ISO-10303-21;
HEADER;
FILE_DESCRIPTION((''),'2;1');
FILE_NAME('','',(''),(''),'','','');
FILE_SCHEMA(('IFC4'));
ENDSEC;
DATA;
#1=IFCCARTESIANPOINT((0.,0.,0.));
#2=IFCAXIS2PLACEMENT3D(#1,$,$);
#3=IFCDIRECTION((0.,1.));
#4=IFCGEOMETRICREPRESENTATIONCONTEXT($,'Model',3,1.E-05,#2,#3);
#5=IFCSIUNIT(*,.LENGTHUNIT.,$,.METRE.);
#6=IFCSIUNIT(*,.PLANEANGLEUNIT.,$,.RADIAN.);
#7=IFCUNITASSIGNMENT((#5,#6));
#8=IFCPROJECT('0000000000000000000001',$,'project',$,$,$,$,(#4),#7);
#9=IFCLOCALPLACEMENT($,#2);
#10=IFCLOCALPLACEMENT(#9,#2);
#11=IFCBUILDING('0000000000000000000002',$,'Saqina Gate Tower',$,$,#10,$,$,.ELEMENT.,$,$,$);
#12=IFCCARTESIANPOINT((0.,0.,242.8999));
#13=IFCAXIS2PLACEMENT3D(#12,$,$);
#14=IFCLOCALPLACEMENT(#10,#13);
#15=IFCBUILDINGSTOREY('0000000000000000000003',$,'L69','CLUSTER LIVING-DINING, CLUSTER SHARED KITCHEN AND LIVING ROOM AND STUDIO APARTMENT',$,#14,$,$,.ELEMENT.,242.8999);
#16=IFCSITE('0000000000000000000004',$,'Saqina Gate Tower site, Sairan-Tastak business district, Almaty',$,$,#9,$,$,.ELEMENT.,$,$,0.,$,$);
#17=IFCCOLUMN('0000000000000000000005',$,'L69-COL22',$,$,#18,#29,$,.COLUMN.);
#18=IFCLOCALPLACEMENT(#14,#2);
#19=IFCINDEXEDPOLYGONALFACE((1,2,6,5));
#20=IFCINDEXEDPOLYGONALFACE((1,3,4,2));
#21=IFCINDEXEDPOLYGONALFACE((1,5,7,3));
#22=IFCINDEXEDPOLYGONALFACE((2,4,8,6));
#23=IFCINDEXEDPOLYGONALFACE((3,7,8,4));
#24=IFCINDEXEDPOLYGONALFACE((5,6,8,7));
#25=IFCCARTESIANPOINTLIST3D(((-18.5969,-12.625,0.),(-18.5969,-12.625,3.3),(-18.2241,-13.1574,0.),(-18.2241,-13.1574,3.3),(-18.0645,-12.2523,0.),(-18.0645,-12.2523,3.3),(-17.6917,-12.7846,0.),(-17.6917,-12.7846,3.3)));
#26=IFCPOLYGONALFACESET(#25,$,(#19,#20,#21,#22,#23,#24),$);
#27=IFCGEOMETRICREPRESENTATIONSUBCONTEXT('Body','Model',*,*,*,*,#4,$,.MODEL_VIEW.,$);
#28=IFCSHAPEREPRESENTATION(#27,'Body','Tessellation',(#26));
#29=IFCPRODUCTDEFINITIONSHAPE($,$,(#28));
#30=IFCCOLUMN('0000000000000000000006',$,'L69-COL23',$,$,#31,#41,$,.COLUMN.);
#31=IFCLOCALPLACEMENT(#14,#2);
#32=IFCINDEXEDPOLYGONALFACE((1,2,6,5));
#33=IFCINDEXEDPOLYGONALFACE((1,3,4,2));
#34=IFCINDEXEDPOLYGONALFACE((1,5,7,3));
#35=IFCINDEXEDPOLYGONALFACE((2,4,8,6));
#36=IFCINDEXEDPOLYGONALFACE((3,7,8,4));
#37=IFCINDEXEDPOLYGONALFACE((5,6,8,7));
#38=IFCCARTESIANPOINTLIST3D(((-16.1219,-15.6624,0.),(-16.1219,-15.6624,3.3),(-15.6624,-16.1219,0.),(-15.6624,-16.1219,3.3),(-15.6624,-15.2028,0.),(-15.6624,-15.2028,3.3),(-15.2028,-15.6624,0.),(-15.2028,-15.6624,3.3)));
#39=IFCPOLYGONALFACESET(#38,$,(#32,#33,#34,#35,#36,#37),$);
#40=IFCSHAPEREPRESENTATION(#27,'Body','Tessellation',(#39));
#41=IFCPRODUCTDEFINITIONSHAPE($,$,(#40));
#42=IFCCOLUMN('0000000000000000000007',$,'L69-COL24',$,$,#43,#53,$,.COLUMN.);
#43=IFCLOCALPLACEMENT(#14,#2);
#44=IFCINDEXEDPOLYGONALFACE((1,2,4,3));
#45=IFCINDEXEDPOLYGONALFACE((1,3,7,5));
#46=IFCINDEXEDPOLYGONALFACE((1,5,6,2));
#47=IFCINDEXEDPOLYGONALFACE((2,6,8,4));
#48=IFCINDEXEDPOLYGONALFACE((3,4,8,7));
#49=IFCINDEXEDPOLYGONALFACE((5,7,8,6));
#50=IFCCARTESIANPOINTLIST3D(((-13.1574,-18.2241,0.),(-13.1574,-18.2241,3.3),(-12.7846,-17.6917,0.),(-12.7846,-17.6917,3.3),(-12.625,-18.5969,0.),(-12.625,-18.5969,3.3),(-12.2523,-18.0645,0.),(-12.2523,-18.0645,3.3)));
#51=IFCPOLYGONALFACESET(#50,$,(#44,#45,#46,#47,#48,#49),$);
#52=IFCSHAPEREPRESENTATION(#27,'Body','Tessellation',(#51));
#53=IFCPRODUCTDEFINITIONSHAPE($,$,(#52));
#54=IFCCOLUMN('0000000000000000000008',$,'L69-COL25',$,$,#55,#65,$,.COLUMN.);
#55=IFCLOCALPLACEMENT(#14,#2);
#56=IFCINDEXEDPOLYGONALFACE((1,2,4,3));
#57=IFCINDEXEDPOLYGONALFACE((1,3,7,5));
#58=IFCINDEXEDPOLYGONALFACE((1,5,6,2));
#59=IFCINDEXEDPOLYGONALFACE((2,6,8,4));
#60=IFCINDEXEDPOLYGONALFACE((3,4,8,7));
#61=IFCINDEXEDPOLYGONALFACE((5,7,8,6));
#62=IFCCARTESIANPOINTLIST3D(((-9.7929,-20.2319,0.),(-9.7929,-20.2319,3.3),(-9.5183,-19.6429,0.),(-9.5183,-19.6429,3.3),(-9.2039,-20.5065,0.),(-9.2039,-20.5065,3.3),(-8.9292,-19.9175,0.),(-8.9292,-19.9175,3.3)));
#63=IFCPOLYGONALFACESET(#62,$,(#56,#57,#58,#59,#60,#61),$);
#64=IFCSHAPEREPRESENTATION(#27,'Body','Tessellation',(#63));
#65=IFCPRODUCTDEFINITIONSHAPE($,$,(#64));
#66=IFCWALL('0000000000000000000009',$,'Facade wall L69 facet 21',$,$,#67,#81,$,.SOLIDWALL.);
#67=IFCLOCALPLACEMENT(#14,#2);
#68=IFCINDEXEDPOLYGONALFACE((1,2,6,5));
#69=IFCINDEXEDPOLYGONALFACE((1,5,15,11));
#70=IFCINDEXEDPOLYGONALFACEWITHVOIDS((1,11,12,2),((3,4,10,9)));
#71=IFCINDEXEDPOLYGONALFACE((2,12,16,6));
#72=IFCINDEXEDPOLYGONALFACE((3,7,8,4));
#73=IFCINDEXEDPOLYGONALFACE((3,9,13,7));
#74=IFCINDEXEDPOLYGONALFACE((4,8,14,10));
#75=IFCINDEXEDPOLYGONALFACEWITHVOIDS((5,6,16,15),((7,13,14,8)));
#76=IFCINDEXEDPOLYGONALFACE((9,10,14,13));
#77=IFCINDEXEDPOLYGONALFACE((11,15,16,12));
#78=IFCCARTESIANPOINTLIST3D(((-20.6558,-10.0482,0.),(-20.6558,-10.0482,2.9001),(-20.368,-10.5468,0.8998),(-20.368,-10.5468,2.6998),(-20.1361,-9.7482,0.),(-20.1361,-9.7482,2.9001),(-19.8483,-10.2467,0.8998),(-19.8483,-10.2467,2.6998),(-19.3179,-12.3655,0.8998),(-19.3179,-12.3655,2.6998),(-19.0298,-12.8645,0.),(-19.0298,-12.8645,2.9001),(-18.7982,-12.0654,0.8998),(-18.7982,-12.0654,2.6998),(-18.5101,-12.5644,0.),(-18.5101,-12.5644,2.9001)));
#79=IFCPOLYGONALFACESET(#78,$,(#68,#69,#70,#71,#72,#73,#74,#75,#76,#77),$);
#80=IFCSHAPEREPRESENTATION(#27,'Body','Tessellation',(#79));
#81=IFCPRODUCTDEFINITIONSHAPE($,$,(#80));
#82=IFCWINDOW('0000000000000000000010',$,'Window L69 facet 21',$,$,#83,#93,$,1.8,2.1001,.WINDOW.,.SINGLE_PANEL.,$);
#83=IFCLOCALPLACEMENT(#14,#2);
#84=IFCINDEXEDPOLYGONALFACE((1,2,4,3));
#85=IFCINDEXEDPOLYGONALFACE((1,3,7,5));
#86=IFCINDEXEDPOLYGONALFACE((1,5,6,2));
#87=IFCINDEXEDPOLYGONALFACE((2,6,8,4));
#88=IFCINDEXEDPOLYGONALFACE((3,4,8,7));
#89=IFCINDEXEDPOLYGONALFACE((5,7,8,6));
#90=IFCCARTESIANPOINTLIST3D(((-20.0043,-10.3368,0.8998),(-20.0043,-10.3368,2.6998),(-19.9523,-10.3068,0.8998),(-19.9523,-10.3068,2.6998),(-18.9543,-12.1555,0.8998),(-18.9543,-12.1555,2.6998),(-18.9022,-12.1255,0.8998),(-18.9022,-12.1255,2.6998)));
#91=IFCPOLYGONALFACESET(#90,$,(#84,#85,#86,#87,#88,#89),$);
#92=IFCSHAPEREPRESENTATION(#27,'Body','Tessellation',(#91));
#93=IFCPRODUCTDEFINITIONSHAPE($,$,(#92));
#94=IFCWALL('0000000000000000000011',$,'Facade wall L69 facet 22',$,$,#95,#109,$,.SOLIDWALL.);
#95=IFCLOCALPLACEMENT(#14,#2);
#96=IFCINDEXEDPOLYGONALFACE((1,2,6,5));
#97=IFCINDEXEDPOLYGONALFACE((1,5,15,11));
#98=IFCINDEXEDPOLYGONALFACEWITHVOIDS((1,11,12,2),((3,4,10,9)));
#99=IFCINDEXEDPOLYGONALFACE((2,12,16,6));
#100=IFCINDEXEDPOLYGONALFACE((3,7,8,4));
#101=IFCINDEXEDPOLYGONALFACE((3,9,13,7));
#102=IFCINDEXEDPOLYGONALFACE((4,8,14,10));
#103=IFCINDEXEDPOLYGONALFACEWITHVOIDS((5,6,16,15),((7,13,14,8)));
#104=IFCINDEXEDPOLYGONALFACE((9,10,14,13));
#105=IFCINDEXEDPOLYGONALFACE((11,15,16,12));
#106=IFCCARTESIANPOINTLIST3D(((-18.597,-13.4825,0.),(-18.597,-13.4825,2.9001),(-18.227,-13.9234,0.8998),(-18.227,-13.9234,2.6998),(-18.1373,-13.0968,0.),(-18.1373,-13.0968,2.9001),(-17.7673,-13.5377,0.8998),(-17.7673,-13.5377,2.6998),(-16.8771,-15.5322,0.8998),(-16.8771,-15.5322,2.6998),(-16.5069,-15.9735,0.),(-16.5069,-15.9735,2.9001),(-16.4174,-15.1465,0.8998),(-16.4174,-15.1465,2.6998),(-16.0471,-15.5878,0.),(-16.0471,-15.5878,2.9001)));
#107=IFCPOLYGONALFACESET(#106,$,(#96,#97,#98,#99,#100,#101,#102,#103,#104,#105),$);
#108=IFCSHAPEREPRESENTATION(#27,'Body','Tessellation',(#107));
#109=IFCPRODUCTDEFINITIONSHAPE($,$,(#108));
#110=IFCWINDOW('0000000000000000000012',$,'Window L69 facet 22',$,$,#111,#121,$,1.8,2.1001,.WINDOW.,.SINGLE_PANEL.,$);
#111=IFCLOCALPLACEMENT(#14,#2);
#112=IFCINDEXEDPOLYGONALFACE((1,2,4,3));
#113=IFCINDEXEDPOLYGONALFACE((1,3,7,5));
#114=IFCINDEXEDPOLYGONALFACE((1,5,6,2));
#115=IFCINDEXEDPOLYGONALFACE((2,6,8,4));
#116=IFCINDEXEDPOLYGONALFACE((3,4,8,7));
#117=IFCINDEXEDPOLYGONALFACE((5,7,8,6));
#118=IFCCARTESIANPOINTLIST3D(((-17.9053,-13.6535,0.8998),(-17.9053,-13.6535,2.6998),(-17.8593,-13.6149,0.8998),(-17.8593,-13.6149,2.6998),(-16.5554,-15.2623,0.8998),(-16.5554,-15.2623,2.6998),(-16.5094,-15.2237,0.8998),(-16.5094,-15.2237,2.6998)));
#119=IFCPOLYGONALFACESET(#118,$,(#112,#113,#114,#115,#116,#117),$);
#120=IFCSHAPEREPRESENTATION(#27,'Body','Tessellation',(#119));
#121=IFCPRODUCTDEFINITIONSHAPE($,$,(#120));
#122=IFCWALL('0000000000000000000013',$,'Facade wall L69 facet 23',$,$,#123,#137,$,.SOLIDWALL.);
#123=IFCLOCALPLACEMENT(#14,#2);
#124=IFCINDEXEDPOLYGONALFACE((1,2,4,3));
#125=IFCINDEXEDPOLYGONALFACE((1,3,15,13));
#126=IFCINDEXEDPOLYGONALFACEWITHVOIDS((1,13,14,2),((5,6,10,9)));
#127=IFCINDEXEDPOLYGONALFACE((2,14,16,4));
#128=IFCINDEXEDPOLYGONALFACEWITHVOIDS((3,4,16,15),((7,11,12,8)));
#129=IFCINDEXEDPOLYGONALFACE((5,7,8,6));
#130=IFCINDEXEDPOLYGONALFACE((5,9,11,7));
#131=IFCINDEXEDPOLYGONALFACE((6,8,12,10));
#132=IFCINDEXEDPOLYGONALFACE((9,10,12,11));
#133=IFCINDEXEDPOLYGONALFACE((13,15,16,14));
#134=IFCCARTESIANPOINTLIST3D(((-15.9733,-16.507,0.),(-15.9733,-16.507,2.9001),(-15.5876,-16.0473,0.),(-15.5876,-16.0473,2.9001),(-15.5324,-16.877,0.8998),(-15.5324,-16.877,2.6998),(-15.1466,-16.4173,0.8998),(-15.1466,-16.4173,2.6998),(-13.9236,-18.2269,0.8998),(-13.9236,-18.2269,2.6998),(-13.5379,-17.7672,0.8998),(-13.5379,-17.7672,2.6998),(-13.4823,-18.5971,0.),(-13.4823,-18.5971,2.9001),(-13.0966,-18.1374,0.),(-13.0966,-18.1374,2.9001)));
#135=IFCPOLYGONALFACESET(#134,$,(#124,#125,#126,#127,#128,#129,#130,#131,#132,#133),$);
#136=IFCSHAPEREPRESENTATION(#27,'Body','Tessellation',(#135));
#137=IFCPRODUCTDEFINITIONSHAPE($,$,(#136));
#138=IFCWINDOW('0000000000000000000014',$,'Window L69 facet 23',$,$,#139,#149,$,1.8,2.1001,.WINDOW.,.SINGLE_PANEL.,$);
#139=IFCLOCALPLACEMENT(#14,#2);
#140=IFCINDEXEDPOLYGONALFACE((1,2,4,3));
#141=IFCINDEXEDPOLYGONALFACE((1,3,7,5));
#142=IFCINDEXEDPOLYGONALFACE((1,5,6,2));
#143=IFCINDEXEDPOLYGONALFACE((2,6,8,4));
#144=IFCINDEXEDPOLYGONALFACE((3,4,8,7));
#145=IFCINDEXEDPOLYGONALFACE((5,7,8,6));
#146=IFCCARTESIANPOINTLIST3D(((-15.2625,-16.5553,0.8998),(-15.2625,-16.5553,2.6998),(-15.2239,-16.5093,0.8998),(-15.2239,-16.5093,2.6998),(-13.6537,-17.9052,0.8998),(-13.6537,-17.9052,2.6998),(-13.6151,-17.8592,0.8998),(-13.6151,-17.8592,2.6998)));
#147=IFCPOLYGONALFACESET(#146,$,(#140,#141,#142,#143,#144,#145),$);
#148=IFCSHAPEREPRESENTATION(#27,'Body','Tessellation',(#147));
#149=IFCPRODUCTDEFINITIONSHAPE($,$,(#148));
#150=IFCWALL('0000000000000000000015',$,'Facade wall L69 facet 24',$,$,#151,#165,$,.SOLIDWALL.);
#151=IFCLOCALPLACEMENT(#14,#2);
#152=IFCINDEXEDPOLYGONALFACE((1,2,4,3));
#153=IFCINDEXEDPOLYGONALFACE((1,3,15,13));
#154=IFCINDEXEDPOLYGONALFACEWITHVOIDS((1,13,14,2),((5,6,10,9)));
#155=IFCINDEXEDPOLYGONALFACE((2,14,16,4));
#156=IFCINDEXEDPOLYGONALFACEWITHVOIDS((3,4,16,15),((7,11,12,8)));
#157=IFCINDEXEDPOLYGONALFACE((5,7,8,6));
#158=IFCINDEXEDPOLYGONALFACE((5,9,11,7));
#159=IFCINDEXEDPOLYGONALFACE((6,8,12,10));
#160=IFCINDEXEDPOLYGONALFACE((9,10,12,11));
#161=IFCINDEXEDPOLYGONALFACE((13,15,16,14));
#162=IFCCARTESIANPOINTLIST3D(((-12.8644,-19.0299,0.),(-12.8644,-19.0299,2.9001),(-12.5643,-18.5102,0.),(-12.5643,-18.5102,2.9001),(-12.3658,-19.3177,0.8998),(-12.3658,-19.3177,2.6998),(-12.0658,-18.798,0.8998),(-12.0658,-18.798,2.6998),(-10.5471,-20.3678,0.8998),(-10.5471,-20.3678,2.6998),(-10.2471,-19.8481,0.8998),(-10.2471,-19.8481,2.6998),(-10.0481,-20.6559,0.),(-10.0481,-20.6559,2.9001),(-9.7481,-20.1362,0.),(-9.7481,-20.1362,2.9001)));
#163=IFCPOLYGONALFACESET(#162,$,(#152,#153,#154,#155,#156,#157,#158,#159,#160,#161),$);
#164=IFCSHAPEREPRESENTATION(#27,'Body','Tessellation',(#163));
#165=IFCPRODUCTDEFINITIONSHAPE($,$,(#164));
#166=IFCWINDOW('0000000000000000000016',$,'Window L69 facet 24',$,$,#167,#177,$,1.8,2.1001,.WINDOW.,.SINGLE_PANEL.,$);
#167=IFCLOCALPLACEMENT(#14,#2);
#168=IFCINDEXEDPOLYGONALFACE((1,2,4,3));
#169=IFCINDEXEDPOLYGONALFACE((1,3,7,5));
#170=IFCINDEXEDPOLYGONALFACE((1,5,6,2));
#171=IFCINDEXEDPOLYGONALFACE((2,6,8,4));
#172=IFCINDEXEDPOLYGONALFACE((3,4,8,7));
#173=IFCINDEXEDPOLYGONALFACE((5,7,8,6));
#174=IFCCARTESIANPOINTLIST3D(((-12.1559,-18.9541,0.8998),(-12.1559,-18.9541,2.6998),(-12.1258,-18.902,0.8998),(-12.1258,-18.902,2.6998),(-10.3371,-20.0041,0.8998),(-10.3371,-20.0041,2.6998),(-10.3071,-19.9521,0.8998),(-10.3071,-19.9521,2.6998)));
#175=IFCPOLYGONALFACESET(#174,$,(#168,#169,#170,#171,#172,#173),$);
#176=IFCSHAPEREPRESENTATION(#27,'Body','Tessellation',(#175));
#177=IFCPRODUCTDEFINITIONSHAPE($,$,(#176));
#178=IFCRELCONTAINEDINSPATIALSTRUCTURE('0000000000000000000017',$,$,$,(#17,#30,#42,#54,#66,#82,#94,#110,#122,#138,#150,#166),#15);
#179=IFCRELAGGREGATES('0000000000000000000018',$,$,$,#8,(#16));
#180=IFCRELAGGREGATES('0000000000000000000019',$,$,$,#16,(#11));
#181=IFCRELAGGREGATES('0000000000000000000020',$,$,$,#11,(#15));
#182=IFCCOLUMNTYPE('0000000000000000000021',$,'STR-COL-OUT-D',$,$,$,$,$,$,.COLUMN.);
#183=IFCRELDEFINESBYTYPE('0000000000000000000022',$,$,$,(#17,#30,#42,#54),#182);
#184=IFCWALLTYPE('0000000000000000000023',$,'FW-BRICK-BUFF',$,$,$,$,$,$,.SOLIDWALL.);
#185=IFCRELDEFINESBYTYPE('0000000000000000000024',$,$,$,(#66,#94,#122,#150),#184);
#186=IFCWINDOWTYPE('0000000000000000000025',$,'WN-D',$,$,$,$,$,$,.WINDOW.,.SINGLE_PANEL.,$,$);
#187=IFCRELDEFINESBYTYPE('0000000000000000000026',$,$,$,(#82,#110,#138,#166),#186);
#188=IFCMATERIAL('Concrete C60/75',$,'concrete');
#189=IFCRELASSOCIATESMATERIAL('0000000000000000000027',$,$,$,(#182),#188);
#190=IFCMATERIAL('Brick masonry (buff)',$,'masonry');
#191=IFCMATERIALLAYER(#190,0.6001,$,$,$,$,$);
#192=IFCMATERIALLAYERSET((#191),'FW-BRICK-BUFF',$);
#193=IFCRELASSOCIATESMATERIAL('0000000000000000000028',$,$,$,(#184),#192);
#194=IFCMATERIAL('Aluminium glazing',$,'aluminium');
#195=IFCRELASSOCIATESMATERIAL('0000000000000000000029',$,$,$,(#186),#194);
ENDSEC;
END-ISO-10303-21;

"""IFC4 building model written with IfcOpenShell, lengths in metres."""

from ifc_helpers import new_model, si_unit, direction, frame, frame_2d, origin, origin_2d, place, context, subcontext, project, spatial, rectangle, extrude, material, layer, layer_set, material_profile, profile_set, type_object, element, fill, save


model = new_model("IFC4")

# Units and contexts
model_context = context("Model", 3, precision=1e-05, world=origin(), true_north=direction((0.0, 1.0)))
body_context = subcontext(model_context, "Body", "Model", "MODEL_VIEW")
ifc_project = project(units=[si_unit("LENGTHUNIT", "METRE"), si_unit("PLANEANGLEUNIT", "RADIAN")], contexts=[model_context])

# Site, building, storey
site_placement = place(None, origin())
site = spatial("IfcSite", under=ifc_project, at=site_placement, Name="Saqina Gate Tower site, Sairan-Tastak business district, Almaty", CompositionType="ELEMENT", RefElevation=0.0)
building_placement = place(site_placement, origin())
building = spatial("IfcBuilding", under=site, at=building_placement, Name="Saqina Gate Tower", CompositionType="ELEMENT")
storey_placement = place(building_placement, frame((0.0, 0.0, 242.8999)))
storey = spatial("IfcBuildingStorey", under=building, at=storey_placement, Name="L69", Description="CLUSTER LIVING-DINING, CLUSTER SHARED KITCHEN AND LIVING ROOM AND STUDIO APARTMENT", CompositionType="ELEMENT", Elevation=242.8999)

# Columns
ifc_material_1 = material(Name="Concrete C60/75", Category="concrete")
ifc_material_profile = material_profile(ifc_material_1, rectangle(XDim=0.6499, YDim=0.6499, at=origin_2d()), Name="RC 650x650")
ifc_profile_set = profile_set([ifc_material_profile], Name="Concrete C60/75")
column_type = type_object("IfcColumnType", Name="STR-COL-OUT-D", PredefinedType="COLUMN", material=ifc_profile_set)
for number, where, z_axis, x_axis, name in (
    (1, (-18.1443, -12.7048, 0.0), (0.0, 0.0, 1.0), (-0.819152, -0.573576, 0.0), "L69-COL22"),
    (2, (-15.6624, -15.6624, 0.0), (0.0, 0.0, 1.0), (-0.707107, -0.707107, 0.0), "L69-COL23"),
    (3, (-12.7048, -18.1443, 0.0), (0.0, 0.0, 1.0), (-0.573576, -0.819152, 0.0), "L69-COL24"),
    (4, (-9.3611, -20.0747, 0.0), (0.0, 0.0, 1.0), (-0.422618, -0.906308, 0.0), "L69-COL25"),
):
    element("IfcColumn", number, at=place(storey_placement, frame(where, z_axis=z_axis, x_axis=x_axis)), inside=storey, type_object=column_type, Name=name, PredefinedType="COLUMN", context=body_context, shape_type="SweptSolid", body=[
        extrude(rectangle(XDim=0.6499, YDim=0.6499, at=origin_2d()), origin(), (0.0, 0.0, 1.0), 3.3),
    ])

# Walls, openings, windows
ifc_material_2 = material(Name="Brick masonry (buff)", Category="masonry")
ifc_layer_1 = layer(ifc_material_2, 0.6001)
ifc_layer_set_1 = layer_set([ifc_layer_1], Name="FW-BRICK-BUFF")
wall_type_1 = type_object("IfcWallType", Name="FW-BRICK-BUFF", PredefinedType="SOLIDWALL", material=ifc_layer_set_1)
wall_1_placement = place(storey_placement, frame((-20.396, -9.8982, 0.0), z_axis=(0.0, 0.0, 1.0), x_axis=(0.500015, -0.866017, 0.0)))
wall_1 = element("IfcWall", 5, at=wall_1_placement, inside=storey, type_object=wall_type_1, Name="Facade wall L69 facet 21", PredefinedType="SOLIDWALL", context=body_context, shape_type="SweptSolid", body=[
    extrude(rectangle(XDim=3.252, YDim=0.6001, at=frame_2d((1.626, 0.0))), origin(), (0.0, 0.0, 1.0), 2.9001),
])
opening_1_placement = place(wall_1_placement, frame((0.5757, 0.0, 0.8999)))
opening_1 = element("IfcOpeningElement", 6, at=opening_1_placement, cuts=wall_1, PredefinedType="OPENING", context=body_context, shape_type="SweptSolid", body=[
    extrude(rectangle(XDim=2.1001, YDim=1.8, at=frame_2d((1.05, 0.8999))), frame((0.0, 0.312, 0.0), z_axis=(0.0, -1.0, 0.0), x_axis=(1.0, 0.0, 0.0)), (0.0, 0.0, 1.0), 0.624),
])
ifc_material_3 = material(Name="Aluminium glazing", Category="aluminium")
window_type = type_object("IfcWindowType", Name="WN-D", PartitioningType="SINGLE_PANEL", PredefinedType="WINDOW", material=ifc_material_3)
window_1_placement = place(opening_1_placement, origin())
window_1 = element("IfcWindow", 7, at=window_1_placement, inside=storey, type_object=window_type, Name="Window L69 facet 21", OverallHeight=1.8, OverallWidth=2.1001, PartitioningType="SINGLE_PANEL", PredefinedType="WINDOW", context=body_context, shape_type="SweptSolid", body=[
    extrude(rectangle(XDim=2.1001, YDim=1.8, at=frame_2d((1.05, 0.8999))), frame((0.0, 0.1799, 0.0), z_axis=(0.0, -1.0, 0.0), x_axis=(1.0, 0.0, 0.0)), (0.0, 0.0, 1.0), 0.0601),
])
fill(opening_1, window_1)
wall_2_placement = place(storey_placement, frame((-18.3672, -13.2896, 0.0), z_axis=(0.0, 0.0, 1.0), x_axis=(0.642773, -0.766057, 0.0)))
wall_2 = element("IfcWall", 8, at=wall_2_placement, inside=storey, type_object=wall_type_1, Name="Facade wall L69 facet 22", PredefinedType="SOLIDWALL", context=body_context, shape_type="SweptSolid", body=[
    extrude(rectangle(XDim=3.2517, YDim=0.6001, at=frame_2d((1.626, 0.0))), origin(), (0.0, 0.0, 1.0), 2.9001),
])
opening_2_placement = place(wall_2_placement, frame((0.5757, 0.0, 0.8999)))
opening_2 = element("IfcOpeningElement", 9, at=opening_2_placement, cuts=wall_2, PredefinedType="OPENING", context=body_context, shape_type="SweptSolid", body=[
    extrude(rectangle(XDim=2.1001, YDim=1.8, at=frame_2d((1.05, 0.8999))), frame((0.0, 0.312, 0.0), z_axis=(0.0, -1.0, 0.0), x_axis=(1.0, 0.0, 0.0)), (0.0, 0.0, 1.0), 0.624),
])
window_2_placement = place(opening_2_placement, origin())
window_2 = element("IfcWindow", 10, at=window_2_placement, inside=storey, type_object=window_type, Name="Window L69 facet 22", OverallHeight=1.8, OverallWidth=2.1001, PartitioningType="SINGLE_PANEL", PredefinedType="WINDOW", context=body_context, shape_type="SweptSolid", body=[
    extrude(rectangle(XDim=2.1001, YDim=1.8, at=frame_2d((1.05, 0.8999))), frame((0.0, 0.1799, 0.0), z_axis=(0.0, -1.0, 0.0), x_axis=(1.0, 0.0, 0.0)), (0.0, 0.0, 1.0), 0.0601),
])
fill(opening_2, window_2)
wall_3_placement = place(storey_placement, frame((-15.7805, -16.2771, 0.0), z_axis=(0.0, 0.0, 1.0), x_axis=(0.766057, -0.642773, 0.0)))
wall_3 = element("IfcWall", 11, at=wall_3_placement, inside=storey, type_object=wall_type_1, Name="Facade wall L69 facet 23", PredefinedType="SOLIDWALL", context=body_context, shape_type="SweptSolid", body=[
    extrude(rectangle(XDim=3.2517, YDim=0.6001, at=frame_2d((1.626, 0.0))), origin(), (0.0, 0.0, 1.0), 2.9001),
])
opening_3_placement = place(wall_3_placement, frame((0.5757, 0.0, 0.8999)))
opening_3 = element("IfcOpeningElement", 12, at=opening_3_placement, cuts=wall_3, PredefinedType="OPENING", context=body_context, shape_type="SweptSolid", body=[
    extrude(rectangle(XDim=2.1001, YDim=1.8, at=frame_2d((1.05, 0.8999))), frame((0.0, 0.312, 0.0), z_axis=(0.0, -1.0, 0.0), x_axis=(1.0, 0.0, 0.0)), (0.0, 0.0, 1.0), 0.624),
])
window_3_placement = place(opening_3_placement, origin())
window_3 = element("IfcWindow", 13, at=window_3_placement, inside=storey, type_object=window_type, Name="Window L69 facet 23", OverallHeight=1.8, OverallWidth=2.1001, PartitioningType="SINGLE_PANEL", PredefinedType="WINDOW", context=body_context, shape_type="SweptSolid", body=[
    extrude(rectangle(XDim=2.1001, YDim=1.8, at=frame_2d((1.05, 0.8999))), frame((0.0, 0.1799, 0.0), z_axis=(0.0, -1.0, 0.0), x_axis=(1.0, 0.0, 0.0)), (0.0, 0.0, 1.0), 0.0601),
])
fill(opening_3, window_3)
wall_4_placement = place(storey_placement, frame((-12.7144, -18.77, 0.0), z_axis=(0.0, 0.0, 1.0), x_axis=(0.866017, -0.500015, 0.0)))
wall_4 = element("IfcWall", 14, at=wall_4_placement, inside=storey, type_object=wall_type_1, Name="Facade wall L69 facet 24", PredefinedType="SOLIDWALL", context=body_context, shape_type="SweptSolid", body=[
    extrude(rectangle(XDim=3.252, YDim=0.6001, at=frame_2d((1.626, 0.0))), origin(), (0.0, 0.0, 1.0), 2.9001),
])
opening_4_placement = place(wall_4_placement, frame((0.5757, 0.0, 0.8999)))
opening_4 = element("IfcOpeningElement", 15, at=opening_4_placement, cuts=wall_4, PredefinedType="OPENING", context=body_context, shape_type="SweptSolid", body=[
    extrude(rectangle(XDim=2.1001, YDim=1.8, at=frame_2d((1.05, 0.8999))), frame((0.0, 0.312, 0.0), z_axis=(0.0, -1.0, 0.0), x_axis=(1.0, 0.0, 0.0)), (0.0, 0.0, 1.0), 0.624),
])
window_4_placement = place(opening_4_placement, origin())
window_4 = element("IfcWindow", 16, at=window_4_placement, inside=storey, type_object=window_type, Name="Window L69 facet 24", OverallHeight=1.8, OverallWidth=2.1001, PartitioningType="SINGLE_PANEL", PredefinedType="WINDOW", context=body_context, shape_type="SweptSolid", body=[
    extrude(rectangle(XDim=2.1001, YDim=1.8, at=frame_2d((1.05, 0.8999))), frame((0.0, 0.1799, 0.0), z_axis=(0.0, -1.0, 0.0), x_axis=(1.0, 0.0, 0.0)), (0.0, 0.0, 1.0), 0.0601),
])
fill(opening_4, window_4)

save(model, "model.ifc")
